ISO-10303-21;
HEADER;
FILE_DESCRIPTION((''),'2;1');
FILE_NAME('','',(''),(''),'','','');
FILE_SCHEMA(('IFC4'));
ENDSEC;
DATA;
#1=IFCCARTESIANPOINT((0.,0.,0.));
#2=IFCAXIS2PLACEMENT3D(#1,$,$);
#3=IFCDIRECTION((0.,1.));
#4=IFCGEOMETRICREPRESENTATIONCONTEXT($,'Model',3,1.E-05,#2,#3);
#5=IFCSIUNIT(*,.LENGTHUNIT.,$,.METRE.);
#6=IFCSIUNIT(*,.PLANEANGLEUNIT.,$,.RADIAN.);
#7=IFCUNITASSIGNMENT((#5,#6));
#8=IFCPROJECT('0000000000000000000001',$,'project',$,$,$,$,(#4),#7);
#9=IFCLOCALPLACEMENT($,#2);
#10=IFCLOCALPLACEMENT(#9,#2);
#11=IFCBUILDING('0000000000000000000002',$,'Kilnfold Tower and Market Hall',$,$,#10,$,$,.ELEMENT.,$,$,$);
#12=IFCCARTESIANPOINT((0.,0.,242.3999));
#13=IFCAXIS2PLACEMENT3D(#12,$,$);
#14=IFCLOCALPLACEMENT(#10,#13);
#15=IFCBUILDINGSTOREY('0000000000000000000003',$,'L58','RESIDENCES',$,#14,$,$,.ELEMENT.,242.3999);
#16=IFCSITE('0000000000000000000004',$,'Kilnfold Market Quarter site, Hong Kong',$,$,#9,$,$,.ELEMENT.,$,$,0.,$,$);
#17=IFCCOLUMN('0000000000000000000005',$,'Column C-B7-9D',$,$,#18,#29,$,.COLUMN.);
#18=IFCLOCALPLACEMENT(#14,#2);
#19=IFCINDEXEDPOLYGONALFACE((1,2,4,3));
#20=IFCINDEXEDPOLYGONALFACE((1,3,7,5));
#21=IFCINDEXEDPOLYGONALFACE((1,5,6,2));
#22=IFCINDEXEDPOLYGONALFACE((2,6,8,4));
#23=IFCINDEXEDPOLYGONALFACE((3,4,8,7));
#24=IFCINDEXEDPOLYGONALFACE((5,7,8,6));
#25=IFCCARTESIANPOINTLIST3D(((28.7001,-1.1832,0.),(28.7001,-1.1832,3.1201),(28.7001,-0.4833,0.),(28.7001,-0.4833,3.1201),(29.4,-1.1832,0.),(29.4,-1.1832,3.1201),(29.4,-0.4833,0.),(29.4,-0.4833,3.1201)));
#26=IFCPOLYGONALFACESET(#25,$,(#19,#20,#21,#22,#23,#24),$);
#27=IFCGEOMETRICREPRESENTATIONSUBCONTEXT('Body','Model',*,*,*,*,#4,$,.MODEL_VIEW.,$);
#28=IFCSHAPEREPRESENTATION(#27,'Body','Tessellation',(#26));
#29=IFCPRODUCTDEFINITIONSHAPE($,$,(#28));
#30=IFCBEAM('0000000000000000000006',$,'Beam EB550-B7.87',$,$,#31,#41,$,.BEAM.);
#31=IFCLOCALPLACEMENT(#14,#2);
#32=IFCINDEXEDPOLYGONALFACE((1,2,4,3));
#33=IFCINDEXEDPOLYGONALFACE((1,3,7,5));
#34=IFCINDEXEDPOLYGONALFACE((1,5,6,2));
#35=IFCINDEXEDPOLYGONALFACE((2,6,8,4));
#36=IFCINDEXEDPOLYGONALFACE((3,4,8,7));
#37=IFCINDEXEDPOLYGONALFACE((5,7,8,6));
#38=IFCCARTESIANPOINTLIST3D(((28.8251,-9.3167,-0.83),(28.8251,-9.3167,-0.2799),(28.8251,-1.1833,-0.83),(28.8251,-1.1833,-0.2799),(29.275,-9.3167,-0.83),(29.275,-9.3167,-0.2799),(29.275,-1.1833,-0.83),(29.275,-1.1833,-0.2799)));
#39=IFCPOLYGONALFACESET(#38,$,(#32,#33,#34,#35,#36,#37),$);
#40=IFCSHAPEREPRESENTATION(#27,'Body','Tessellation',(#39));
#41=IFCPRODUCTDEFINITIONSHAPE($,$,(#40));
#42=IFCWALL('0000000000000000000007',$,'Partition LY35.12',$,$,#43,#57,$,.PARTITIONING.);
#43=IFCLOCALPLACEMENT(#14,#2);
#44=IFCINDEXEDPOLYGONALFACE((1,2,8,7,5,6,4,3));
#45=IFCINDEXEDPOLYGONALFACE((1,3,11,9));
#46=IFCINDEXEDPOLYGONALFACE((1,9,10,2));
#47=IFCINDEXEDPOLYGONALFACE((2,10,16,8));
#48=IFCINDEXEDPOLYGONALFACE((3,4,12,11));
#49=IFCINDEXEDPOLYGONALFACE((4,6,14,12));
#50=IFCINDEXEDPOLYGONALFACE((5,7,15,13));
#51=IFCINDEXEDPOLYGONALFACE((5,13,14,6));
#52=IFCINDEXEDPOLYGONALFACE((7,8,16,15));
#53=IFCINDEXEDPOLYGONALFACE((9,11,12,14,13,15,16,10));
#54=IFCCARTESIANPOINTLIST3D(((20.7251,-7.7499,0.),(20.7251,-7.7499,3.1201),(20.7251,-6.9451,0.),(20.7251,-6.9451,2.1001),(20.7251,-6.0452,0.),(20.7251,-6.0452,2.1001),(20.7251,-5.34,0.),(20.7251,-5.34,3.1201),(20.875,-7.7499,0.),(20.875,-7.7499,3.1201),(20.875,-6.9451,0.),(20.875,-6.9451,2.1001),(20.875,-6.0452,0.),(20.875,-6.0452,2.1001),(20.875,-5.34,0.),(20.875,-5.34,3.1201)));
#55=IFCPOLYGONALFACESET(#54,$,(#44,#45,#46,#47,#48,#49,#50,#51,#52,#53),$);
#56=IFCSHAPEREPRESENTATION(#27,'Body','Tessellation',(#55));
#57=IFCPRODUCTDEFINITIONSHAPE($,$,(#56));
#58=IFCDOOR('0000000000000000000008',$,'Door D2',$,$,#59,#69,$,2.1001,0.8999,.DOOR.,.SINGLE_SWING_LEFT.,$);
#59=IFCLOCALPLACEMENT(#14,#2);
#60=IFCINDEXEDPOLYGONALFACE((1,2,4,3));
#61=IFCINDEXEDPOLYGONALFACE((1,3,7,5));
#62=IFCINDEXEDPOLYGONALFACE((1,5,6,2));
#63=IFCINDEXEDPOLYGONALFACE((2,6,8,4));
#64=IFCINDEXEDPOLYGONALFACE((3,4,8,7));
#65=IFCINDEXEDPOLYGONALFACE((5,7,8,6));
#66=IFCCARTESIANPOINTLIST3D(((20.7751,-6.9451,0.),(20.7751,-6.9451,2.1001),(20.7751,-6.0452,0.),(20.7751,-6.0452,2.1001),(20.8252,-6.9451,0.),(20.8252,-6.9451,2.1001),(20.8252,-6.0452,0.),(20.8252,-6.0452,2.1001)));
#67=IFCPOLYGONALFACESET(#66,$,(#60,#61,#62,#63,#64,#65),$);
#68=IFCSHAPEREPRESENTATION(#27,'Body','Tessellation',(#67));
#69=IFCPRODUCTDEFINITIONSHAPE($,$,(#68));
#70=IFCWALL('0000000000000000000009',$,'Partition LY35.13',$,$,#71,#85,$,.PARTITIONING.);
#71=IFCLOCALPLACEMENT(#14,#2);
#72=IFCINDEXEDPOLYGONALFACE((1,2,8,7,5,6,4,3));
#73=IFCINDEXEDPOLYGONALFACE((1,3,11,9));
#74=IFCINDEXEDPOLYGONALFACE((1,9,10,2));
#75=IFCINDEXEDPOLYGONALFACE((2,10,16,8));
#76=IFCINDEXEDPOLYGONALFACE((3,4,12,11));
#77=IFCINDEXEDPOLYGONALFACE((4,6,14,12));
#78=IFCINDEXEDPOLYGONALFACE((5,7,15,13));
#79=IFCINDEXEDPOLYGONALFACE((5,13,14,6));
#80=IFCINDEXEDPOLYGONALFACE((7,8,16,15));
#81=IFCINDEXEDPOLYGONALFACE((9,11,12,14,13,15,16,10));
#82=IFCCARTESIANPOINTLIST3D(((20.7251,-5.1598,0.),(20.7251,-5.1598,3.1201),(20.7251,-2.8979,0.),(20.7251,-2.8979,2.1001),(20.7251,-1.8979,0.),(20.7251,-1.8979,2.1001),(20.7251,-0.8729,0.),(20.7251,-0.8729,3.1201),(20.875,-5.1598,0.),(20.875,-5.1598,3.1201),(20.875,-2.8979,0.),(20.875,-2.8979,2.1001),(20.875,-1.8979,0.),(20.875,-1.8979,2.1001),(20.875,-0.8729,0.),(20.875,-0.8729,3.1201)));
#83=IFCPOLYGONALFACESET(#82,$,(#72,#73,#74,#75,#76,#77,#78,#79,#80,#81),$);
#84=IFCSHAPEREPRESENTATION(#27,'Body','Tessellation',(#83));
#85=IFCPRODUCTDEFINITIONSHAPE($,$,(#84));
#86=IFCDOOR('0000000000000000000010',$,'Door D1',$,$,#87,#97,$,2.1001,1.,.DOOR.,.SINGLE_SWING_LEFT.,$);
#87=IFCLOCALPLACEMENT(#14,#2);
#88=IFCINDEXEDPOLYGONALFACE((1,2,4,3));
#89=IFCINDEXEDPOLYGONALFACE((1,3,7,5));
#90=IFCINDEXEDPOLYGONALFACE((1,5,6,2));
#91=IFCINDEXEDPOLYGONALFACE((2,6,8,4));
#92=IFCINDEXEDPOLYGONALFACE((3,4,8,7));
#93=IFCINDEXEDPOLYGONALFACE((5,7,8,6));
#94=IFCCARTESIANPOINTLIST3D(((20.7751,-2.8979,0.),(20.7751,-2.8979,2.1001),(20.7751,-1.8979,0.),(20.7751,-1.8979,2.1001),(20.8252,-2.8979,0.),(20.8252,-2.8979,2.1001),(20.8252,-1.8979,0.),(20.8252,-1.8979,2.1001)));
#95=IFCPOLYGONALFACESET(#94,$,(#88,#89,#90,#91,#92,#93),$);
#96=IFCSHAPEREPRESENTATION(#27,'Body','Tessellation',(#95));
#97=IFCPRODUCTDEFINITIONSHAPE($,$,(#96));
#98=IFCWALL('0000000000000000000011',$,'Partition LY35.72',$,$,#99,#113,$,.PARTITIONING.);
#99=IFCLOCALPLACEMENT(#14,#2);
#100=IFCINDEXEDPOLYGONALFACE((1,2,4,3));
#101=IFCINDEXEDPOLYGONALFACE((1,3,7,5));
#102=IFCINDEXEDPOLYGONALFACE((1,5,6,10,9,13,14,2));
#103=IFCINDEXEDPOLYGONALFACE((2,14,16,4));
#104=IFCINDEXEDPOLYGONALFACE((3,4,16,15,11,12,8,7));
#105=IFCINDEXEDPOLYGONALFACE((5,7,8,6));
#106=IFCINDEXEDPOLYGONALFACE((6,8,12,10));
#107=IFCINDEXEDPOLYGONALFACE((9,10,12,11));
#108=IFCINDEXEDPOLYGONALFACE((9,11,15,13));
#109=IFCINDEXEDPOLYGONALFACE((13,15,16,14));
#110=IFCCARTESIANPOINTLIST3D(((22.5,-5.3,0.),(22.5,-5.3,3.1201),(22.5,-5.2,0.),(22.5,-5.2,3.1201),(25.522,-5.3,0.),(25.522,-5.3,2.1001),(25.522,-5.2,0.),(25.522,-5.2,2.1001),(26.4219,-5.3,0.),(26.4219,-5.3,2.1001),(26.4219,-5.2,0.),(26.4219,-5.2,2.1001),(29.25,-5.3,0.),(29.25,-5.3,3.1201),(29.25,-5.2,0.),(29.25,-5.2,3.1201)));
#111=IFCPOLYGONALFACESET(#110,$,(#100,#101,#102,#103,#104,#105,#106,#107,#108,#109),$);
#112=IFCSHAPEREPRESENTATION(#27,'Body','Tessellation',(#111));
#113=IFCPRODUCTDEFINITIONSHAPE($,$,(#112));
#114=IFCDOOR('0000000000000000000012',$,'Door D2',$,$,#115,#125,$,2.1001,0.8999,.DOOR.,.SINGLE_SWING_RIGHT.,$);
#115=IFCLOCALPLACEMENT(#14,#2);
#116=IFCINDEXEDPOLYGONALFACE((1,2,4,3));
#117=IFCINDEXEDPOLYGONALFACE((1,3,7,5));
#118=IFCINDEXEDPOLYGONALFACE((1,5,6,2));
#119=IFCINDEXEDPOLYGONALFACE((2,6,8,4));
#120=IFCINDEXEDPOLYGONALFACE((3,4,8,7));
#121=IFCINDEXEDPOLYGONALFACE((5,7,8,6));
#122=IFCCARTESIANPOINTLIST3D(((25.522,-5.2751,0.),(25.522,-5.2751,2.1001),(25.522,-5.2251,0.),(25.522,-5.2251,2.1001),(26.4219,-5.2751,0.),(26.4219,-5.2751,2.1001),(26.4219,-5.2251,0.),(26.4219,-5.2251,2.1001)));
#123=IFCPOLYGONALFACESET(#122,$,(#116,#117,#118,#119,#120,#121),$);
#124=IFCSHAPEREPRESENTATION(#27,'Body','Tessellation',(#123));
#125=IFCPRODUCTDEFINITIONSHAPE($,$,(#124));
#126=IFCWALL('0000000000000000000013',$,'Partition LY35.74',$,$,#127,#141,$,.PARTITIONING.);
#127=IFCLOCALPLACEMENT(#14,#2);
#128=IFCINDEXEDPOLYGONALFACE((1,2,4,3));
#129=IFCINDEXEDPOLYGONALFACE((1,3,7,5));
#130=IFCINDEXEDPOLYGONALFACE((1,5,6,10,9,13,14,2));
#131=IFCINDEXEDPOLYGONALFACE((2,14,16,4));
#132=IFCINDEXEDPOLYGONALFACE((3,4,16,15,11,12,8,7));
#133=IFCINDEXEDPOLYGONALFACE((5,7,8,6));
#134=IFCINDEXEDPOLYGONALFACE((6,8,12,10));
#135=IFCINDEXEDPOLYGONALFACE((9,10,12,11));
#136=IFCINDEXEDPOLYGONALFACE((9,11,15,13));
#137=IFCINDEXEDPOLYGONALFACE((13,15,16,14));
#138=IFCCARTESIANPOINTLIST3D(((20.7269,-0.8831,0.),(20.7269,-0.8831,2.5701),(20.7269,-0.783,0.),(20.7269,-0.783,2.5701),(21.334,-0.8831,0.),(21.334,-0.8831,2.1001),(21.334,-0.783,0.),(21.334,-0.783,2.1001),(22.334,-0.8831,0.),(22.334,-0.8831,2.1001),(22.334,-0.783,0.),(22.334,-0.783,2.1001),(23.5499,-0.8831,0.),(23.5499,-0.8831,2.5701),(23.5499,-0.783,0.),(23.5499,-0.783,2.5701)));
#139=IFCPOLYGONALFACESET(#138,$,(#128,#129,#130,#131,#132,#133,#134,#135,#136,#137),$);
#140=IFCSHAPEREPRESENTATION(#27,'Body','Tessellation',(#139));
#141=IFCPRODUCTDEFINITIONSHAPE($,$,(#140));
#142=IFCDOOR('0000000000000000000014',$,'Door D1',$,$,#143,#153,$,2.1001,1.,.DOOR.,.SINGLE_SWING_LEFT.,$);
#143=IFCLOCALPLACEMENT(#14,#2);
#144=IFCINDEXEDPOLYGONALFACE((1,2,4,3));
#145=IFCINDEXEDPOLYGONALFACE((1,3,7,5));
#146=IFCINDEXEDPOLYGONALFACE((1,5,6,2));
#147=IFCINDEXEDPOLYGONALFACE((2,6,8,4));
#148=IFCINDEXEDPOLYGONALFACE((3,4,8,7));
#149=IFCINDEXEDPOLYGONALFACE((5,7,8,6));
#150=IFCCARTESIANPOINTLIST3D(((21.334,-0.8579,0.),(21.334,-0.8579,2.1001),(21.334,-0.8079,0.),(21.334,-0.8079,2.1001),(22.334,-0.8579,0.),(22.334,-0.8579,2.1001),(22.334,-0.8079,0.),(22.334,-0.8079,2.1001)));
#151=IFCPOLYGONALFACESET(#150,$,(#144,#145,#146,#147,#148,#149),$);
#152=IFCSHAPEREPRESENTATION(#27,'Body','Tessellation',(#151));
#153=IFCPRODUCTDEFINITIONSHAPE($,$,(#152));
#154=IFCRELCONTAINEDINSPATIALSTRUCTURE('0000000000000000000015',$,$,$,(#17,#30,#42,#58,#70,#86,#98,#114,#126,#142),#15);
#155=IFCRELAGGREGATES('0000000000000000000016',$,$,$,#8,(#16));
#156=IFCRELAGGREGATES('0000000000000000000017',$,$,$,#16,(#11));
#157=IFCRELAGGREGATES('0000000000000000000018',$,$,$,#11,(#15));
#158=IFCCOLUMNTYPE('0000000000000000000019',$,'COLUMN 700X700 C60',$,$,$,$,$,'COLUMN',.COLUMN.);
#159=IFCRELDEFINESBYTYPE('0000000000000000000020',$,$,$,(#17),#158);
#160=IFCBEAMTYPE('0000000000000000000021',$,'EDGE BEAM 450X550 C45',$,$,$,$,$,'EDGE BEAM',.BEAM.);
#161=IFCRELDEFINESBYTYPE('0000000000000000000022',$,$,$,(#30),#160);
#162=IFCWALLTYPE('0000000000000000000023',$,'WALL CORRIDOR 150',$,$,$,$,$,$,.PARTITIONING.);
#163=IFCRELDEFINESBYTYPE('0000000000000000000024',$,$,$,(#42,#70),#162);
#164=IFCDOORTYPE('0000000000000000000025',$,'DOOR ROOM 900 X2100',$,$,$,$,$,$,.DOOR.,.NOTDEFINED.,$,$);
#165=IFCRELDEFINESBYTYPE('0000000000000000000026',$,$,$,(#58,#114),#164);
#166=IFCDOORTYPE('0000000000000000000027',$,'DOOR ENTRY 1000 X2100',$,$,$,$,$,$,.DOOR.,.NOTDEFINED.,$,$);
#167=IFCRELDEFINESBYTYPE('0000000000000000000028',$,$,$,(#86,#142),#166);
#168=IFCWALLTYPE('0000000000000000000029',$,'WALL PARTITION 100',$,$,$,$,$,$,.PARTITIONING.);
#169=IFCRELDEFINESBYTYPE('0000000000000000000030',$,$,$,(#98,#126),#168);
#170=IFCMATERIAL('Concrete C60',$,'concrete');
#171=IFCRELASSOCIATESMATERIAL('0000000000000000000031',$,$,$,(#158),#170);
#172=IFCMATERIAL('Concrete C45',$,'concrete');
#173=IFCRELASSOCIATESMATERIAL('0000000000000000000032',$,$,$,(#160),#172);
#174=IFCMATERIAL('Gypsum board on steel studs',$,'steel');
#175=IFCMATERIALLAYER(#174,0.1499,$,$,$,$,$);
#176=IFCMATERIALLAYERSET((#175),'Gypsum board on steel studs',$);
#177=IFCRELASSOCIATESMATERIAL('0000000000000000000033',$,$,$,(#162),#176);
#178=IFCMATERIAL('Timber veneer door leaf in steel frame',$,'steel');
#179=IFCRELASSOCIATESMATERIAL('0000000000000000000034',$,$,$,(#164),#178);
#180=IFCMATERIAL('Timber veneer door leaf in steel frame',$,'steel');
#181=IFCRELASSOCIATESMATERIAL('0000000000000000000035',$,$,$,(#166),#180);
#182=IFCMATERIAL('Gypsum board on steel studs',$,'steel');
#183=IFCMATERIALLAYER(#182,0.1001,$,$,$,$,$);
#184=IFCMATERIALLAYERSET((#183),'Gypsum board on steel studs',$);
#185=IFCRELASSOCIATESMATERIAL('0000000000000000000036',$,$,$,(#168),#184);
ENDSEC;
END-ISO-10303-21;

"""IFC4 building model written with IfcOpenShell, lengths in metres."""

from ifc_helpers import new_model, si_unit, direction, frame, frame_2d, origin, origin_2d, place, context, subcontext, project, spatial, rectangle, extrude, source, transform, mapped, material, layer, layer_set, material_profile, profile_set, type_object, element, fill, save


model = new_model("IFC4")

# Units and contexts
model_context = context("Model", 3, precision=1e-05, world=origin(), true_north=direction((0.0, 1.0)))
body_context = subcontext(model_context, "Body", "Model", "MODEL_VIEW")
ifc_project = project(units=[si_unit("LENGTHUNIT", "METRE"), si_unit("PLANEANGLEUNIT", "RADIAN")], contexts=[model_context])

# Site, building, storey
site_placement = place(None, origin())
site = spatial("IfcSite", under=ifc_project, at=site_placement, Name="Kilnfold Market Quarter site, Hong Kong", CompositionType="ELEMENT", RefElevation=0.0)
building_placement = place(site_placement, origin())
building = spatial("IfcBuilding", under=site, at=building_placement, Name="Kilnfold Tower and Market Hall", CompositionType="ELEMENT")
storey_placement = place(building_placement, frame((0.0, 0.0, 242.3999)))
storey = spatial("IfcBuildingStorey", under=building, at=storey_placement, Name="L58", Description="RESIDENCES", CompositionType="ELEMENT", Elevation=242.3999)

# Column
ifc_material_1 = material(Name="Concrete C60", Category="concrete")
ifc_material_profile_1 = material_profile(ifc_material_1, rectangle(XDim=0.7, YDim=0.7, at=origin_2d()), Name="RC 700x700")
ifc_profile_set_1 = profile_set([ifc_material_profile_1], Name="Concrete C60")
column_type = type_object("IfcColumnType", Name="COLUMN 700X700 C60", ElementType="COLUMN", PredefinedType="COLUMN", material=ifc_profile_set_1)
shared_shape_1 = source(origin(), body_context, "Body", "SweptSolid", [
    extrude(rectangle(XDim=0.7, YDim=0.7, at=origin_2d()), origin(), (0.0, 0.0, 1.0), 3.1201),
])
column_placement = place(storey_placement, frame((29.05, -0.8333, 0.0), z_axis=(0.0, 0.0, 1.0), x_axis=(1.0, 0.0, 0.0)))
element("IfcColumn", 1, at=column_placement, inside=storey, type_object=column_type, Name="Column C-B7-9D", PredefinedType="COLUMN", context=body_context, shape_type="MappedRepresentation", body=[
    mapped(shared_shape_1, transform((0.0, 0.0, 0.0))),
])

# Beam
ifc_material_2 = material(Name="Concrete C45", Category="concrete")
ifc_material_profile_2 = material_profile(ifc_material_2, rectangle(XDim=0.45, YDim=0.55, at=origin_2d()), Name="RC 450x550")
ifc_profile_set_2 = profile_set([ifc_material_profile_2], Name="Concrete C45")
beam_type = type_object("IfcBeamType", Name="EDGE BEAM 450X550 C45", ElementType="EDGE BEAM", PredefinedType="BEAM", material=ifc_profile_set_2)
shared_shape_2 = source(origin(), body_context, "Body", "SweptSolid", [
    extrude(rectangle(XDim=0.45, YDim=0.55, at=origin_2d()), origin(), (0.0, 0.0, 1.0), 8.1333),
])
beam_placement = place(storey_placement, frame((29.05, -9.3167, -0.5549), z_axis=(0.0, 1.0, 0.0), x_axis=(-1.0, 0.0, 0.0)))
element("IfcBeam", 2, at=beam_placement, inside=storey, type_object=beam_type, Name="Beam EB550-B7.87", PredefinedType="BEAM", context=body_context, shape_type="MappedRepresentation", body=[
    mapped(shared_shape_2, transform((0.0, 0.0, 0.0))),
])

# Walls, openings, doors
ifc_material_3 = material(Name="Gypsum board on steel studs", Category="steel")
ifc_layer_1 = layer(ifc_material_3, 0.1499)
ifc_layer_set_1 = layer_set([ifc_layer_1], Name="Gypsum board on steel studs")
wall_type_1 = type_object("IfcWallType", Name="WALL CORRIDOR 150", PredefinedType="PARTITIONING", material=ifc_layer_set_1)
wall_1_placement = place(storey_placement, frame((20.8, -7.75, 0.0), z_axis=(0.0, 0.0, 1.0), x_axis=(0.0, 1.0, 0.0)))
wall_1 = element("IfcWall", 3, at=wall_1_placement, inside=storey, type_object=wall_type_1, Name="Partition LY35.12", PredefinedType="PARTITIONING", context=body_context, shape_type="SweptSolid", body=[
    extrude(rectangle(XDim=2.4099, YDim=0.1499, at=frame_2d((1.2051, 0.0))), origin(), (0.0, 0.0, 1.0), 3.1201),
])
opening_1_placement = place(wall_1_placement, frame((0.8049, 0.0, 0.0)))
opening_1 = element("IfcOpeningElement", 4, at=opening_1_placement, cuts=wall_1, PredefinedType="OPENING", context=body_context, shape_type="SweptSolid", body=[
    extrude(rectangle(XDim=0.8999, YDim=2.1001, at=frame_2d((0.45, 1.05))), frame((0.0, 0.085, 0.0), z_axis=(0.0, -1.0, 0.0), x_axis=(1.0, 0.0, 0.0)), (0.0, 0.0, 1.0), 0.1699),
])
ifc_material_4 = material(Name="Timber veneer door leaf in steel frame", Category="steel")
door_type_1 = type_object("IfcDoorType", Name="DOOR ROOM 900 X2100", OperationType="NOTDEFINED", PredefinedType="DOOR", material=ifc_material_4)
door_1_placement = place(opening_1_placement, origin())
door_1 = element("IfcDoor", 5, at=door_1_placement, inside=storey, type_object=door_type_1, Name="Door D2", OperationType="SINGLE_SWING_LEFT", OverallHeight=2.1001, OverallWidth=0.8999, PredefinedType="DOOR", context=body_context, shape_type="SweptSolid", body=[
    extrude(rectangle(XDim=0.8999, YDim=2.1001, at=frame_2d((0.45, 1.05))), frame((0.0, 0.0249, 0.0), z_axis=(0.0, -1.0, 0.0), x_axis=(1.0, 0.0, 0.0)), (0.0, 0.0, 1.0), 0.05),
])
fill(opening_1, door_1)
wall_2_placement = place(storey_placement, frame((20.8, -5.1599, 0.0), z_axis=(0.0, 0.0, 1.0), x_axis=(0.0, 1.0, 0.0)))
wall_2 = element("IfcWall", 6, at=wall_2_placement, inside=storey, type_object=wall_type_1, Name="Partition LY35.13", PredefinedType="PARTITIONING", context=body_context, shape_type="SweptSolid", body=[
    extrude(rectangle(XDim=4.2869, YDim=0.1499, at=frame_2d((2.1436, 0.0))), origin(), (0.0, 0.0, 1.0), 3.1201),
])
opening_2_placement = place(wall_2_placement, frame((2.262, 0.0, 0.0)))
opening_2 = element("IfcOpeningElement", 7, at=opening_2_placement, cuts=wall_2, PredefinedType="OPENING", context=body_context, shape_type="SweptSolid", body=[
    extrude(rectangle(XDim=1.0, YDim=2.1001, at=frame_2d((0.5, 1.05))), frame((0.0, 0.085, 0.0), z_axis=(0.0, -1.0, 0.0), x_axis=(1.0, 0.0, 0.0)), (0.0, 0.0, 1.0), 0.1699),
])
ifc_material_5 = material(Name="Timber veneer door leaf in steel frame", Category="steel")
door_type_2 = type_object("IfcDoorType", Name="DOOR ENTRY 1000 X2100", OperationType="NOTDEFINED", PredefinedType="DOOR", material=ifc_material_5)
door_2_placement = place(opening_2_placement, origin())
door_2 = element("IfcDoor", 8, at=door_2_placement, inside=storey, type_object=door_type_2, Name="Door D1", OperationType="SINGLE_SWING_LEFT", OverallHeight=2.1001, OverallWidth=1.0, PredefinedType="DOOR", context=body_context, shape_type="SweptSolid", body=[
    extrude(rectangle(XDim=1.0, YDim=2.1001, at=frame_2d((0.5, 1.05))), frame((0.0, 0.0249, 0.0), z_axis=(0.0, -1.0, 0.0), x_axis=(1.0, 0.0, 0.0)), (0.0, 0.0, 1.0), 0.05),
])
fill(opening_2, door_2)
ifc_material_6 = material(Name="Gypsum board on steel studs", Category="steel")
ifc_layer_2 = layer(ifc_material_6, 0.1001)
ifc_layer_set_2 = layer_set([ifc_layer_2], Name="Gypsum board on steel studs")
wall_type_2 = type_object("IfcWallType", Name="WALL PARTITION 100", PredefinedType="PARTITIONING", material=ifc_layer_set_2)
wall_3_placement = place(storey_placement, frame((22.5, -5.25, 0.0), z_axis=(0.0, 0.0, 1.0), x_axis=(1.0, 0.0, 0.0)))
wall_3 = element("IfcWall", 9, at=wall_3_placement, inside=storey, type_object=wall_type_2, Name="Partition LY35.72", PredefinedType="PARTITIONING", context=body_context, shape_type="SweptSolid", body=[
    extrude(rectangle(XDim=6.75, YDim=0.1001, at=frame_2d((3.375, 0.0))), origin(), (0.0, 0.0, 1.0), 3.1201),
])
opening_3_placement = place(wall_3_placement, frame((3.022, 0.0, 0.0)))
opening_3 = element("IfcOpeningElement", 10, at=opening_3_placement, cuts=wall_3, PredefinedType="OPENING", context=body_context, shape_type="SweptSolid", body=[
    extrude(rectangle(XDim=0.8999, YDim=2.1001, at=frame_2d((0.45, 1.05))), frame((0.0, 0.0601, 0.0), z_axis=(0.0, -1.0, 0.0), x_axis=(1.0, 0.0, 0.0)), (0.0, 0.0, 1.0), 0.1201),
])
door_3_placement = place(opening_3_placement, origin())
door_3 = element("IfcDoor", 11, at=door_3_placement, inside=storey, type_object=door_type_1, Name="Door D2", OperationType="SINGLE_SWING_RIGHT", OverallHeight=2.1001, OverallWidth=0.8999, PredefinedType="DOOR", context=body_context, shape_type="SweptSolid", body=[
    extrude(rectangle(XDim=0.8999, YDim=2.1001, at=frame_2d((0.45, 1.05))), frame((0.0, 0.0249, 0.0), z_axis=(0.0, -1.0, 0.0), x_axis=(1.0, 0.0, 0.0)), (0.0, 0.0, 1.0), 0.05),
])
fill(opening_3, door_3)
wall_4_placement = place(storey_placement, frame((23.55, -0.833, 0.0), z_axis=(0.0, 0.0, 1.0), x_axis=(-1.0, 0.0, 0.0)))
wall_4 = element("IfcWall", 12, at=wall_4_placement, inside=storey, type_object=wall_type_2, Name="Partition LY35.74", PredefinedType="PARTITIONING", context=body_context, shape_type="SweptSolid", body=[
    extrude(rectangle(XDim=2.823, YDim=0.1001, at=frame_2d((1.4116, 0.0))), origin(), (0.0, 0.0, 1.0), 2.5701),
])
opening_4_placement = place(wall_4_placement, frame((1.2161, 0.0, 0.0)))
opening_4 = element("IfcOpeningElement", 13, at=opening_4_placement, cuts=wall_4, PredefinedType="OPENING", context=body_context, shape_type="SweptSolid", body=[
    extrude(rectangle(XDim=1.0, YDim=2.1001, at=frame_2d((0.5, 1.05))), frame((0.0, 0.0601, 0.0), z_axis=(0.0, -1.0, 0.0), x_axis=(1.0, 0.0, 0.0)), (0.0, 0.0, 1.0), 0.1201),
])
door_4_placement = place(opening_4_placement, origin())
door_4 = element("IfcDoor", 14, at=door_4_placement, inside=storey, type_object=door_type_2, Name="Door D1", OperationType="SINGLE_SWING_LEFT", OverallHeight=2.1001, OverallWidth=1.0, PredefinedType="DOOR", context=body_context, shape_type="SweptSolid", body=[
    extrude(rectangle(XDim=1.0, YDim=2.1001, at=frame_2d((0.5, 1.05))), frame((0.0, 0.0249, 0.0), z_axis=(0.0, -1.0, 0.0), x_axis=(1.0, 0.0, 0.0)), (0.0, 0.0, 1.0), 0.05),
])
fill(opening_4, door_4)

save(model, "model.ifc")
